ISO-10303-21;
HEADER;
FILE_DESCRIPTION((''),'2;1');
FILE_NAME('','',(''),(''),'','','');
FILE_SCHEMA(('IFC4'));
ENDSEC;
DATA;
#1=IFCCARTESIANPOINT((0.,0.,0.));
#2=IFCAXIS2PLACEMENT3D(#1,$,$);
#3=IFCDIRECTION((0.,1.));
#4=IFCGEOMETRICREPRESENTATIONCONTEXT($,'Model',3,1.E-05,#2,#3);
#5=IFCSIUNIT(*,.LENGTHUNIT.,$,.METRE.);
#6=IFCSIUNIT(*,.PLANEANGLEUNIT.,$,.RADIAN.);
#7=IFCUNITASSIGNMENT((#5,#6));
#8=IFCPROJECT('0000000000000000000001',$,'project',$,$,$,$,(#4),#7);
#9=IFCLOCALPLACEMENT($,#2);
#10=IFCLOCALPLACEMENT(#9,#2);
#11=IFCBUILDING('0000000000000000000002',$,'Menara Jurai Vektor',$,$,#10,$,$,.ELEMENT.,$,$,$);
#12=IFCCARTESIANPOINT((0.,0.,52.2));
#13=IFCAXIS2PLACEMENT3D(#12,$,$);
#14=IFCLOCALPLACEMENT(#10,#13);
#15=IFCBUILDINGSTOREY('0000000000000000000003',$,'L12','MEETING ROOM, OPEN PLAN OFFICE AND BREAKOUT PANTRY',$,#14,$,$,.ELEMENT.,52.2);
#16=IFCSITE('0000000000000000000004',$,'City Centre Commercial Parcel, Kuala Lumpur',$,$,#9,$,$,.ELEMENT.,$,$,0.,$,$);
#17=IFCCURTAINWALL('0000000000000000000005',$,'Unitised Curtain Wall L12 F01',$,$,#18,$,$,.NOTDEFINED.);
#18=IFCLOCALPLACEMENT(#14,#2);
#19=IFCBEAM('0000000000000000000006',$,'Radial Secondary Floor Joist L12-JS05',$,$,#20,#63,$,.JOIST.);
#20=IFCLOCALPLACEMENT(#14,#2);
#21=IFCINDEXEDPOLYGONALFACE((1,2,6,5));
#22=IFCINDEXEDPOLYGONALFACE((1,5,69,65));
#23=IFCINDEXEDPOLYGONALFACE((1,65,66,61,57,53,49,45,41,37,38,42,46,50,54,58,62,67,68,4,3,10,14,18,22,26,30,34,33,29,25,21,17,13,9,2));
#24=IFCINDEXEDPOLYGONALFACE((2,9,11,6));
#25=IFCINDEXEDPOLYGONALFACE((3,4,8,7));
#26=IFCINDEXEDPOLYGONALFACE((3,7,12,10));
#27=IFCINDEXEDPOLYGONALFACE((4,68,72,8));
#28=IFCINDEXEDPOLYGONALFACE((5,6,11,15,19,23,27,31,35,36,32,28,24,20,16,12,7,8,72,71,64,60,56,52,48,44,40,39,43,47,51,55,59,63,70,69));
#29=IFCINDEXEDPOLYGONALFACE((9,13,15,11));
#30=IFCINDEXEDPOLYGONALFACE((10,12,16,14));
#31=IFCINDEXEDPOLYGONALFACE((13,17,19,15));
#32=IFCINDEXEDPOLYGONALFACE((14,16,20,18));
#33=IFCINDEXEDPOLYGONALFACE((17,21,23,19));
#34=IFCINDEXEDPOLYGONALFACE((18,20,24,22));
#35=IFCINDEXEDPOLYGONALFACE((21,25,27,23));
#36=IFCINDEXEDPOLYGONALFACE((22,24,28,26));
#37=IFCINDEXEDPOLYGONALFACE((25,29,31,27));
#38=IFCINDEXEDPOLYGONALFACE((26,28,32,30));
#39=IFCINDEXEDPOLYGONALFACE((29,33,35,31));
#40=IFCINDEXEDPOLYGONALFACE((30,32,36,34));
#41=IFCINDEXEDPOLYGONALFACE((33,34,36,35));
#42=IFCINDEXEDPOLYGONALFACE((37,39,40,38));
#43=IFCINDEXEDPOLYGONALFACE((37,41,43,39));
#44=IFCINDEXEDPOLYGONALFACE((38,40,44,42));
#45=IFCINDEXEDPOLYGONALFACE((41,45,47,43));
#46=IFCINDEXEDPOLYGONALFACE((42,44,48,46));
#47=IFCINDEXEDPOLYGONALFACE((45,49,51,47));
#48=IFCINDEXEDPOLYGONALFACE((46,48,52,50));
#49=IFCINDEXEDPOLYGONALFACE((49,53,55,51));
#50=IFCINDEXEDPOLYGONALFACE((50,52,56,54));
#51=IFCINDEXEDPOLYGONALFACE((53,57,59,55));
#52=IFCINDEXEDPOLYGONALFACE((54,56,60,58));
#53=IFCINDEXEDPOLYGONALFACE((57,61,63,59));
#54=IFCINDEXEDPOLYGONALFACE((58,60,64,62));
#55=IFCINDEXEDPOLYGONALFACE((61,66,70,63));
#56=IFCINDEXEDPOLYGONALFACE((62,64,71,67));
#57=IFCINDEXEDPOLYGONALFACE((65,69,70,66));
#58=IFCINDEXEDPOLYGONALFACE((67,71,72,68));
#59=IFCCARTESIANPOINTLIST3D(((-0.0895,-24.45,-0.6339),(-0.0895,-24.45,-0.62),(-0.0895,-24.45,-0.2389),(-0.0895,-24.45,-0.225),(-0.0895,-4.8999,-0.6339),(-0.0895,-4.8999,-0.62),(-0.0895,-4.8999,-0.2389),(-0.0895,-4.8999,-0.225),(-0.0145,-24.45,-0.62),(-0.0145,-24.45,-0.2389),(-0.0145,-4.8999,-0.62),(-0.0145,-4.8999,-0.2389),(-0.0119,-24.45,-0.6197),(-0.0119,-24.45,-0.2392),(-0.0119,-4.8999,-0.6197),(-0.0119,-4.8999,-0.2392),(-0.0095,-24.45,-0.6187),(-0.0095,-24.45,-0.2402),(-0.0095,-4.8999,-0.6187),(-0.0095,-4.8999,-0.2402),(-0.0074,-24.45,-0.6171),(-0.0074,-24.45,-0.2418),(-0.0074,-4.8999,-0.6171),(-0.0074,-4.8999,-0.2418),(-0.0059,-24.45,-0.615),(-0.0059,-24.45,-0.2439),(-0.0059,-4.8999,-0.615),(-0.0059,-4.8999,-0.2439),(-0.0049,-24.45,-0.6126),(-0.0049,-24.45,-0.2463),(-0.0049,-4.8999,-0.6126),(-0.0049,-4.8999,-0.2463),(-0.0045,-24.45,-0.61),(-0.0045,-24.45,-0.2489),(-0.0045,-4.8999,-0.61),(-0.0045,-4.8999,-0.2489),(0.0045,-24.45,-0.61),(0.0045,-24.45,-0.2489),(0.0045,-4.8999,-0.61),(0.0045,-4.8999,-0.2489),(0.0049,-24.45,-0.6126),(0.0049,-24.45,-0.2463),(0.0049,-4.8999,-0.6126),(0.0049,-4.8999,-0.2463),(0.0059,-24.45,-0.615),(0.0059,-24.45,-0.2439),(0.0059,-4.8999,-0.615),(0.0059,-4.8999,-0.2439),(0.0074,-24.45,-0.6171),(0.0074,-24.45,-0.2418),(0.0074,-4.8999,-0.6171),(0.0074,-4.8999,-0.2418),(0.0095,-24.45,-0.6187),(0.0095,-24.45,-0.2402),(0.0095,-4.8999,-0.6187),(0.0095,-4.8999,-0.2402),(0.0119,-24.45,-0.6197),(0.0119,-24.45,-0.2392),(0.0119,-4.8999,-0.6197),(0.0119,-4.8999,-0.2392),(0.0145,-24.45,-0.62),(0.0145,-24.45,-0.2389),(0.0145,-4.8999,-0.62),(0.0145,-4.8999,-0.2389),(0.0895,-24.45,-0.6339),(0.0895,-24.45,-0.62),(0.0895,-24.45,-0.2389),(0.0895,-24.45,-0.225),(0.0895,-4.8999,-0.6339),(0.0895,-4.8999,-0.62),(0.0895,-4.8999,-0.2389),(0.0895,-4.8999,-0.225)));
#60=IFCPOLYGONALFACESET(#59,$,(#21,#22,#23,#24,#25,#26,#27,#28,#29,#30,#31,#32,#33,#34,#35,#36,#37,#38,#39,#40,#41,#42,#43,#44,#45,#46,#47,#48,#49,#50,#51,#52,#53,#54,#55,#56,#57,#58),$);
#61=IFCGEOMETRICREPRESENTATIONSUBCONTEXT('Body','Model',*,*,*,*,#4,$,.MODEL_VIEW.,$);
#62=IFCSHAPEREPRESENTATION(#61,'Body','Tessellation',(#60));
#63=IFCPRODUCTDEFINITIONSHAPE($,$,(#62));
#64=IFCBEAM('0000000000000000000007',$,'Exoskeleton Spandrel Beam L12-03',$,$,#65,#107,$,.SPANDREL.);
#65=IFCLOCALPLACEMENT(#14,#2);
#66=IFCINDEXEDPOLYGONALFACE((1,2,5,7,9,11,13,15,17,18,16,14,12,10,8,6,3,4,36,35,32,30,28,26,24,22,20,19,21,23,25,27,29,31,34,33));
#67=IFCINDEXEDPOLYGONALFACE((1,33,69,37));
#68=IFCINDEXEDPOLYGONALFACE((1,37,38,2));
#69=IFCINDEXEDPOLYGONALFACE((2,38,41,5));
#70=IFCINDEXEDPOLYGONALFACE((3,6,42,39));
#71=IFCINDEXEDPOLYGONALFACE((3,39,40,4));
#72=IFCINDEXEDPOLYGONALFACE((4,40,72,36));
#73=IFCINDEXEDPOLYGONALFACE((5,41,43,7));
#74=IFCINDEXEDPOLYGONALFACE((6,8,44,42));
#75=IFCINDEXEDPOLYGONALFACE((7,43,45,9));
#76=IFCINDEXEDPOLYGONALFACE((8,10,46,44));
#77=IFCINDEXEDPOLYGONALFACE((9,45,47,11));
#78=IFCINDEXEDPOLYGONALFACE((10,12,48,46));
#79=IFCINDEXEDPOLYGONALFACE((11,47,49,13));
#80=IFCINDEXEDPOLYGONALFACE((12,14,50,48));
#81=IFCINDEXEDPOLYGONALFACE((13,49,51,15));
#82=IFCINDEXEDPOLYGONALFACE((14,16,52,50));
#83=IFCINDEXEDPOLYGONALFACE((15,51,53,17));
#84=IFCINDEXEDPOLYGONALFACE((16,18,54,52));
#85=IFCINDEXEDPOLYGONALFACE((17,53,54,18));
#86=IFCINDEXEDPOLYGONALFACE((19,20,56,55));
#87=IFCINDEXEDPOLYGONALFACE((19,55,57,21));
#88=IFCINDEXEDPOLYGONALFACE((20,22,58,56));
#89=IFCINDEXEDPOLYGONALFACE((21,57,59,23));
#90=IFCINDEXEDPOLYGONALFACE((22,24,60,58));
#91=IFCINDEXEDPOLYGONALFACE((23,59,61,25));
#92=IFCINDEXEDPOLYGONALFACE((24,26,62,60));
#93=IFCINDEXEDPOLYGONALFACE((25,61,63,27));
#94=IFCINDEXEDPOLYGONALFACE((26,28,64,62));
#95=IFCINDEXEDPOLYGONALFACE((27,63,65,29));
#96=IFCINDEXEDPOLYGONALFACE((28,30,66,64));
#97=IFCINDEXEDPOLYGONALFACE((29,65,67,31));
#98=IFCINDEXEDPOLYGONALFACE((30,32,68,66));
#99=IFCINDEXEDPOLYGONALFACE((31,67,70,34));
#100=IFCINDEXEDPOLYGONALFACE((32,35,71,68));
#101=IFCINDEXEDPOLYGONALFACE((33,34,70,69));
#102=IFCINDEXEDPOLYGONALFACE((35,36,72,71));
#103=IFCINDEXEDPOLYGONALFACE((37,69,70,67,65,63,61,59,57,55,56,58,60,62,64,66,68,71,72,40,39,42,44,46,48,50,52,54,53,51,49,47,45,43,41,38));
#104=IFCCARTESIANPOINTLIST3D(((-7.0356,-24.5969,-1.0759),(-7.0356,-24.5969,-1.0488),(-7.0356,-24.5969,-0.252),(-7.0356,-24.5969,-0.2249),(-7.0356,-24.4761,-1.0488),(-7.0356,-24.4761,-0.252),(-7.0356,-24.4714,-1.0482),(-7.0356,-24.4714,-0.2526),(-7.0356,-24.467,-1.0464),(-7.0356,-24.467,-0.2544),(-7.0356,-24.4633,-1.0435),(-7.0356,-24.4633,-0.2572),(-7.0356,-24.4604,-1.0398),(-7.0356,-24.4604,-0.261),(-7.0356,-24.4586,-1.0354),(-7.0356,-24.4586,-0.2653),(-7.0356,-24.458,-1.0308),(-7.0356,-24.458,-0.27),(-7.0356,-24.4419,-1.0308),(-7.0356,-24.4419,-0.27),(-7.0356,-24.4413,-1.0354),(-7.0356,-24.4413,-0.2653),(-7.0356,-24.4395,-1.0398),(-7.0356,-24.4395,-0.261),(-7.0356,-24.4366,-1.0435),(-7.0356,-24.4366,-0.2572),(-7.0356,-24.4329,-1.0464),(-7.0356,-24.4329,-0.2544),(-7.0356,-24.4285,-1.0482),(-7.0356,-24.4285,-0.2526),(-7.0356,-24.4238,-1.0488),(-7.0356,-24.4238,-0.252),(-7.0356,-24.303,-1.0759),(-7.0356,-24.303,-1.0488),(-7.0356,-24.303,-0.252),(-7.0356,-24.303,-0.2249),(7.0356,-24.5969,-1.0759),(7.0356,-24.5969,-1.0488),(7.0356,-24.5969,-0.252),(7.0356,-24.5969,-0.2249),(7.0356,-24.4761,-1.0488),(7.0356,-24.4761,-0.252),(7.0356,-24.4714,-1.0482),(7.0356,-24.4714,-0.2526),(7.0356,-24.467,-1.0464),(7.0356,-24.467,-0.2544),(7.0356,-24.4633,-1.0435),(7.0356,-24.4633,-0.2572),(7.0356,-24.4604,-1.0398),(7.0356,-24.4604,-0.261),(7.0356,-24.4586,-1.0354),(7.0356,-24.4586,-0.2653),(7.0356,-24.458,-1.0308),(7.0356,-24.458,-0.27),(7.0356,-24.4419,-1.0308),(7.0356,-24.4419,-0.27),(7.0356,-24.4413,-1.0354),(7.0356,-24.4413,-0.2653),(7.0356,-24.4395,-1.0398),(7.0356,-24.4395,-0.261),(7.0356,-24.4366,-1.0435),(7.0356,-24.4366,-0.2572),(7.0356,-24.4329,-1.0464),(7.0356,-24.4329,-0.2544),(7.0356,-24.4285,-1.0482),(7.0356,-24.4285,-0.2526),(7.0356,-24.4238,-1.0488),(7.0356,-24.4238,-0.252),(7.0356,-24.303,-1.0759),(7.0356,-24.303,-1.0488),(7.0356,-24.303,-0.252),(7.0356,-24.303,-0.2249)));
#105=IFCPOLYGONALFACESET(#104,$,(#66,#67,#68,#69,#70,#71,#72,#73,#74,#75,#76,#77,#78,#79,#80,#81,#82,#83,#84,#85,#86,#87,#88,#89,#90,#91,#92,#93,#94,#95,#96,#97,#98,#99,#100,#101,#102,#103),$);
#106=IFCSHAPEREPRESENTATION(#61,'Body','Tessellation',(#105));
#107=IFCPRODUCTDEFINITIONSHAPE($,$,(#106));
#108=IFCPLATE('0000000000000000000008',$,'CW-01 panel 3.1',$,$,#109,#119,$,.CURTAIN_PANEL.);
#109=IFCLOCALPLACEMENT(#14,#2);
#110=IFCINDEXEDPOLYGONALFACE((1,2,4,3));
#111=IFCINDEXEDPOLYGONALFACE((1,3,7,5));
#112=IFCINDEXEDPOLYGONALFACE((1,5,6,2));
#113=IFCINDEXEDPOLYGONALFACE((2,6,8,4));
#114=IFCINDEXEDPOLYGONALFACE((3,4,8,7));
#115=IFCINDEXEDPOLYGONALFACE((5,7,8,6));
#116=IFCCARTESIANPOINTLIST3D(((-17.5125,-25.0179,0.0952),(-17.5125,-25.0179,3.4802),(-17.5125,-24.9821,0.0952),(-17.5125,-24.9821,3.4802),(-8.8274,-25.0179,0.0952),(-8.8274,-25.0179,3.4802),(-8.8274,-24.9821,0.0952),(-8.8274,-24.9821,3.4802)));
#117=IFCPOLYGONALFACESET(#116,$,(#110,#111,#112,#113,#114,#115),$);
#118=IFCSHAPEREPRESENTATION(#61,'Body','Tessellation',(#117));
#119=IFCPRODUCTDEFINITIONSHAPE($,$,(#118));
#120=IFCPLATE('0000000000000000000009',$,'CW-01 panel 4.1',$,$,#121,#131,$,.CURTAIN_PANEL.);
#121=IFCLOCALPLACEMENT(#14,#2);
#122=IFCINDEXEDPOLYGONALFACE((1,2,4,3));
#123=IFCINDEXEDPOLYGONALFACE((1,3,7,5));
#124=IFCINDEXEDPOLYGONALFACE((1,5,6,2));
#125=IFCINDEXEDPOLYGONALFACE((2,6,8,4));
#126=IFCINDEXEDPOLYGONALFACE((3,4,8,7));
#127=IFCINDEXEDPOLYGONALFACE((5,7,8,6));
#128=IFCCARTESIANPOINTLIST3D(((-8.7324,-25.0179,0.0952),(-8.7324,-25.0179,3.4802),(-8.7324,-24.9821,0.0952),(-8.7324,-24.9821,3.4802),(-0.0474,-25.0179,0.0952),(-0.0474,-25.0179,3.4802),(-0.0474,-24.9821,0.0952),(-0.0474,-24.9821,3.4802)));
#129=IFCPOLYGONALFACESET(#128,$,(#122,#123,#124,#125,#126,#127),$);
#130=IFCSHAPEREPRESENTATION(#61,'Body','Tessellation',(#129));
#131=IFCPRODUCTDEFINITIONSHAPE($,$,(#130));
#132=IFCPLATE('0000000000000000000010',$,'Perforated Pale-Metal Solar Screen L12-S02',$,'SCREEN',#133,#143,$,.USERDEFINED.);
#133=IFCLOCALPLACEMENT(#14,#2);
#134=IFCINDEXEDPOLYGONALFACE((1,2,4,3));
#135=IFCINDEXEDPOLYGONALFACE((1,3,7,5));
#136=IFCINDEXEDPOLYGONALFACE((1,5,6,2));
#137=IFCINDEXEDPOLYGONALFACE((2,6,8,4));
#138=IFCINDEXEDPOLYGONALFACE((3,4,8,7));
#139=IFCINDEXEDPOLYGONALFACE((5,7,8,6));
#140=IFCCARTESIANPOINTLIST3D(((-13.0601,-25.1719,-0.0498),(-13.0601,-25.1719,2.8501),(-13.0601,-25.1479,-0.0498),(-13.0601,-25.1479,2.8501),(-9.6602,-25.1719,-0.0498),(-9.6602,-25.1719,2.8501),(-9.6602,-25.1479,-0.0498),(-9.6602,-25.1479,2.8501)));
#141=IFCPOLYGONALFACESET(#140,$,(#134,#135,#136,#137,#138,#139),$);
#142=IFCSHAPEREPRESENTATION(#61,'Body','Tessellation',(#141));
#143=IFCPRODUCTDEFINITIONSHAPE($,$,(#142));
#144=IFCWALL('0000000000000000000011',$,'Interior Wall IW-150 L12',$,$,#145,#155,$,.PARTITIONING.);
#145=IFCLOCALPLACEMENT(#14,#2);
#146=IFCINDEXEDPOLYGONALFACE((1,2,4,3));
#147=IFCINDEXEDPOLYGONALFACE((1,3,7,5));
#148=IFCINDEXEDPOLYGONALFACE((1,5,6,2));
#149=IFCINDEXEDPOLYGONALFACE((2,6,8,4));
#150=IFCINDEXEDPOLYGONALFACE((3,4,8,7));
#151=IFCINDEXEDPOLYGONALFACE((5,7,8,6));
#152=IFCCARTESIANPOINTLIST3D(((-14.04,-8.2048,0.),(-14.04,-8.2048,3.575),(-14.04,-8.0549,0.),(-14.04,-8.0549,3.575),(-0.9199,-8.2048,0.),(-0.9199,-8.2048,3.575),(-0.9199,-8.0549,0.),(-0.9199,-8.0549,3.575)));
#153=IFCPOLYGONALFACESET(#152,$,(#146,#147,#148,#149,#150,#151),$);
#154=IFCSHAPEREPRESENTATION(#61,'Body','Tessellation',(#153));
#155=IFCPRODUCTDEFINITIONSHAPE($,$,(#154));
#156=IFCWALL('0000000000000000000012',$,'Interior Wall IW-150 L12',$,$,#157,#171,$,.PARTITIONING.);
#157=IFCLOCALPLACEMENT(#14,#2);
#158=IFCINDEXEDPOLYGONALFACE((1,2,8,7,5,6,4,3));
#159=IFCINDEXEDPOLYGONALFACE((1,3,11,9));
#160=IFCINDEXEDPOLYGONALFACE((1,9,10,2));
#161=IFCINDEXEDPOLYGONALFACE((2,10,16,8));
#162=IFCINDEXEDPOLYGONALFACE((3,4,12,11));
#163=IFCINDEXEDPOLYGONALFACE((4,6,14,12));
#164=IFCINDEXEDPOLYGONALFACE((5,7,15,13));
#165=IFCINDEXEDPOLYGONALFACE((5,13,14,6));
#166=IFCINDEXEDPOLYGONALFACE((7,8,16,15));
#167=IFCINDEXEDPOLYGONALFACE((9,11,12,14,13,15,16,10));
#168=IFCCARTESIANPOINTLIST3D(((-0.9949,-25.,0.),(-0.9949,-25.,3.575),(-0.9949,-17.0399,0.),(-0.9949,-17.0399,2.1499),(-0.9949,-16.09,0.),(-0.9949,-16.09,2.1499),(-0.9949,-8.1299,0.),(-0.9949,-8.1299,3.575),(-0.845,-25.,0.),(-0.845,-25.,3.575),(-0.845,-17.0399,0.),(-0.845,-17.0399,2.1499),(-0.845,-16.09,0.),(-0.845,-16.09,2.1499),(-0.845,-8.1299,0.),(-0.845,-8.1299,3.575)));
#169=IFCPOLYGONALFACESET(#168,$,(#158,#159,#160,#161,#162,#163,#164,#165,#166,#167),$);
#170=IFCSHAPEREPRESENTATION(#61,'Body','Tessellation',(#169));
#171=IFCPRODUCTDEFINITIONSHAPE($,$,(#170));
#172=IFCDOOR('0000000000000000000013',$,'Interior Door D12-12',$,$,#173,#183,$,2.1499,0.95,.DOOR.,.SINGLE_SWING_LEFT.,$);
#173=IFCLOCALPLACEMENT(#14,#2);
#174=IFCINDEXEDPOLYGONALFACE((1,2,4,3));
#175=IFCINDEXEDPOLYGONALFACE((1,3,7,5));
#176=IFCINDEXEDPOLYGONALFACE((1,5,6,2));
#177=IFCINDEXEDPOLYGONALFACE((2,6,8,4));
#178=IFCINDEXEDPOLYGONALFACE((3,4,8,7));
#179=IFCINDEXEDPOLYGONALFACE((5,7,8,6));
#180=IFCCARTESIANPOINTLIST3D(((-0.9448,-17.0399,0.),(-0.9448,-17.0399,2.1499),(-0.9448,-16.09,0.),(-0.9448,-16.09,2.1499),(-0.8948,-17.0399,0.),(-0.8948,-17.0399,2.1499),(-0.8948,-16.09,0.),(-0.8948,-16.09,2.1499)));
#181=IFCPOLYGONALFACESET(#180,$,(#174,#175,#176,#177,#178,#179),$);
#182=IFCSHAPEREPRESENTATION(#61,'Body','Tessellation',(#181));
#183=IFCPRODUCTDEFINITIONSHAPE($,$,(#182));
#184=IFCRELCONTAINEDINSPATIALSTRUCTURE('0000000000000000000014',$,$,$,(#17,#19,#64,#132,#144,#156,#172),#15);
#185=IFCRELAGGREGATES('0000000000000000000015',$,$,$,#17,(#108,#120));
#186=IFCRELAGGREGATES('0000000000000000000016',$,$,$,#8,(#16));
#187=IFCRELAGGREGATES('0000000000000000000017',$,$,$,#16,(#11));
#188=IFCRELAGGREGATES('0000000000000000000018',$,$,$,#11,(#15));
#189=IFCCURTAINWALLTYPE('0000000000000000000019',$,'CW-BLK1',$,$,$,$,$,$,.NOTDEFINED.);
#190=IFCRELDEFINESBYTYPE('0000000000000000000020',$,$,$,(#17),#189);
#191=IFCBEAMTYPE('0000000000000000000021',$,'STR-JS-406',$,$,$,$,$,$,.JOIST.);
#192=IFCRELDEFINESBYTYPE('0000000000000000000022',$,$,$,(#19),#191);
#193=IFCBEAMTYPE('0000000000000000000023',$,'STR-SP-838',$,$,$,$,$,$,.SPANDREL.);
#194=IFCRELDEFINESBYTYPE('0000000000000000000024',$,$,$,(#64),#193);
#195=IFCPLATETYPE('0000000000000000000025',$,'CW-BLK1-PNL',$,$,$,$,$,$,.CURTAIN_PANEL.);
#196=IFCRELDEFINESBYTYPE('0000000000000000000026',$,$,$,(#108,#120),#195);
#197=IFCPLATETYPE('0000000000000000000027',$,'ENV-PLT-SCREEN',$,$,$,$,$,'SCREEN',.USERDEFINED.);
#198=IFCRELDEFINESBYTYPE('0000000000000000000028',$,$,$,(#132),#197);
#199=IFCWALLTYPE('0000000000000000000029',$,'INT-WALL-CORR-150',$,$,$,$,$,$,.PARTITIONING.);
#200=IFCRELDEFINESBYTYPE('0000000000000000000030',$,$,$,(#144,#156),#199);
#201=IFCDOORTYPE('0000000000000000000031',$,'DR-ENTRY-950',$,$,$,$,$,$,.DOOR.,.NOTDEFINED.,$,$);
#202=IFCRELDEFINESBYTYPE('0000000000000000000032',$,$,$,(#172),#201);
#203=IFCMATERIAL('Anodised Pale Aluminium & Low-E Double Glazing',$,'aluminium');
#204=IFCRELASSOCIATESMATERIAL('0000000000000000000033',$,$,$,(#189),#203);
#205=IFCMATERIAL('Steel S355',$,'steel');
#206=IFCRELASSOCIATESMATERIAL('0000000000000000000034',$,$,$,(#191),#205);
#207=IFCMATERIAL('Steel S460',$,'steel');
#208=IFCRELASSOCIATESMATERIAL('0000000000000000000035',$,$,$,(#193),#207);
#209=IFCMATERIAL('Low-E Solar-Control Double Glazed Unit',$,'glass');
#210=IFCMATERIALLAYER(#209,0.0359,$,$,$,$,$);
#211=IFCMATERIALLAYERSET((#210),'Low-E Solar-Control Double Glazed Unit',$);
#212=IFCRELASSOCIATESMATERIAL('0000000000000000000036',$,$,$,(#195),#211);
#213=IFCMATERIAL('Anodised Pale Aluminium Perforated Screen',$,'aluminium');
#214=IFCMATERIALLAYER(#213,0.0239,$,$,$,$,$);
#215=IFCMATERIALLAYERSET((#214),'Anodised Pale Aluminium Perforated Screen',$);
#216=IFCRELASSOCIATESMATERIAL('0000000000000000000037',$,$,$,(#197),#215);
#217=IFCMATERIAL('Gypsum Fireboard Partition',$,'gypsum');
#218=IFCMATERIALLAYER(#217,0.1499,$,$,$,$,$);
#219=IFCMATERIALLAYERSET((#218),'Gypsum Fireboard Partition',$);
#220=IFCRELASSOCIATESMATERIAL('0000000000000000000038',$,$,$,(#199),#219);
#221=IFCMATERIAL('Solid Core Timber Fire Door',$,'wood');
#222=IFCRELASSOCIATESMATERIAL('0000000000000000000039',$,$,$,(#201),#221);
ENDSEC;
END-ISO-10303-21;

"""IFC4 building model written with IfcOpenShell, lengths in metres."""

from ifc_helpers import new_model, si_unit, direction, frame, frame_2d, origin, origin_2d, place, context, subcontext, project, spatial, rectangle, i_section, extrude, material, layer, layer_set, material_profile, profile_set, type_object, element, fill, aggregate, save


model = new_model("IFC4")

# Units and contexts
model_context = context("Model", 3, precision=1e-05, world=origin(), true_north=direction((0.0, 1.0)))
body_context = subcontext(model_context, "Body", "Model", "MODEL_VIEW")
ifc_project = project(units=[si_unit("LENGTHUNIT", "METRE"), si_unit("PLANEANGLEUNIT", "RADIAN")], contexts=[model_context])

# Site, building, storey
site_placement = place(None, origin())
site = spatial("IfcSite", under=ifc_project, at=site_placement, Name="City Centre Commercial Parcel, Kuala Lumpur", CompositionType="ELEMENT", RefElevation=0.0)
building_placement = place(site_placement, origin())
building = spatial("IfcBuilding", under=site, at=building_placement, Name="Menara Jurai Vektor", CompositionType="ELEMENT")
storey_placement = place(building_placement, frame((0.0, 0.0, 52.2)))
storey = spatial("IfcBuildingStorey", under=building, at=storey_placement, Name="L12", Description="MEETING ROOM, OPEN PLAN OFFICE AND BREAKOUT PANTRY", CompositionType="ELEMENT", Elevation=52.2)

# Shared definitions
ifc_material_1 = material(Name="Steel S460", Category="steel")

# Curtain wall
ifc_material_2 = material(Name="Anodised Pale Aluminium & Low-E Double Glazing", Category="aluminium")
curtain_wall_type = type_object("IfcCurtainWallType", Name="CW-BLK1", PredefinedType="NOTDEFINED", material=ifc_material_2)
curtain_wall_placement = place(storey_placement, origin())
curtain_wall = element("IfcCurtainWall", 1, at=curtain_wall_placement, inside=storey, type_object=curtain_wall_type, Name="Unitised Curtain Wall L12 F01", PredefinedType="NOTDEFINED")

# Beams
ifc_material_3 = material(Name="Steel S355", Category="steel")
ifc_material_profile_1 = material_profile(ifc_material_3, i_section(OverallWidth=0.179, OverallDepth=0.4089, WebThickness=0.009, FlangeThickness=0.0139, FilletRadius=0.01, at=origin_2d()), Name="UKB 406x178x67")
ifc_profile_set_1 = profile_set([ifc_material_profile_1], Name="Steel S355")
beam_type_1 = type_object("IfcBeamType", Name="STR-JS-406", PredefinedType="JOIST", material=ifc_profile_set_1)
beam_1_placement = place(storey_placement, frame((0.0, -24.45, -0.4294), z_axis=(0.0, 1.0, 0.0), x_axis=(-1.0, 0.0, 0.0)))
element("IfcBeam", 2, at=beam_1_placement, inside=storey, type_object=beam_type_1, Name="Radial Secondary Floor Joist L12-JS05", PredefinedType="JOIST", context=body_context, shape_type="SweptSolid", body=[
    extrude(i_section(OverallWidth=0.179, OverallDepth=0.4089, WebThickness=0.009, FlangeThickness=0.0139, FilletRadius=0.01, at=origin_2d()), origin(), (0.0, 0.0, 1.0), 19.55),
])
ifc_material_profile_2 = material_profile(ifc_material_1, i_section(OverallWidth=0.2939, OverallDepth=0.8511, WebThickness=0.0161, FlangeThickness=0.0271, FilletRadius=0.0181, at=origin_2d()), Name="UKB 838x292x226")
ifc_profile_set_2 = profile_set([ifc_material_profile_2], Name="Steel S460")
beam_type_2 = type_object("IfcBeamType", Name="STR-SP-838", PredefinedType="SPANDREL", material=ifc_profile_set_2)
beam_2_placement = place(storey_placement, frame((-7.0356, -24.45, -0.6504), z_axis=(1.0, 0.0, 0.0), x_axis=(0.0, 1.0, 0.0)))
element("IfcBeam", 3, at=beam_2_placement, inside=storey, type_object=beam_type_2, Name="Exoskeleton Spandrel Beam L12-03", PredefinedType="SPANDREL", context=body_context, shape_type="SweptSolid", body=[
    extrude(i_section(OverallWidth=0.2939, OverallDepth=0.8511, WebThickness=0.0161, FlangeThickness=0.0271, FilletRadius=0.0181, at=origin_2d()), origin(), (0.0, 0.0, 1.0), 14.0713),
])

# Plates
ifc_material_4 = material(Name="Low-E Solar-Control Double Glazed Unit", Category="glass")
ifc_layer_1 = layer(ifc_material_4, 0.0359)
ifc_layer_set_1 = layer_set([ifc_layer_1], Name="Low-E Solar-Control Double Glazed Unit")
plate_type_1 = type_object("IfcPlateType", Name="CW-BLK1-PNL", PredefinedType="CURTAIN_PANEL", material=ifc_layer_set_1)
plate_1_placement = place(storey_placement, frame((-13.1699, -25.0, 0.0952), z_axis=(0.0, 0.0, 1.0), x_axis=(1.0, 0.0, 0.0)))
plate_1 = element("IfcPlate", 4, at=plate_1_placement, type_object=plate_type_1, Name="CW-01 panel 3.1", PredefinedType="CURTAIN_PANEL", context=body_context, shape_type="SweptSolid", body=[
    extrude(rectangle(XDim=8.6851, YDim=0.0359, at=origin_2d()), origin(), (0.0, 0.0, 1.0), 3.385),
])
plate_2_placement = place(storey_placement, frame((-4.3899, -25.0, 0.0952), z_axis=(0.0, 0.0, 1.0), x_axis=(1.0, 0.0, 0.0)))
plate_2 = element("IfcPlate", 5, at=plate_2_placement, type_object=plate_type_1, Name="CW-01 panel 4.1", PredefinedType="CURTAIN_PANEL", context=body_context, shape_type="SweptSolid", body=[
    extrude(rectangle(XDim=8.6851, YDim=0.0359, at=origin_2d()), origin(), (0.0, 0.0, 1.0), 3.385),
])
aggregate(curtain_wall, [plate_1, plate_2])
ifc_material_5 = material(Name="Anodised Pale Aluminium Perforated Screen", Category="aluminium")
ifc_layer_2 = layer(ifc_material_5, 0.0239)
ifc_layer_set_2 = layer_set([ifc_layer_2], Name="Anodised Pale Aluminium Perforated Screen")
plate_type_2 = type_object("IfcPlateType", Name="ENV-PLT-SCREEN", ElementType="SCREEN", PredefinedType="USERDEFINED", material=ifc_layer_set_2)
plate_3_placement = place(storey_placement, frame((-11.3601, -25.1599, -0.0498), z_axis=(0.0, 0.0, 1.0), x_axis=(1.0, 0.0, 0.0)))
element("IfcPlate", 6, at=plate_3_placement, inside=storey, type_object=plate_type_2, Name="Perforated Pale-Metal Solar Screen L12-S02", ObjectType="SCREEN", PredefinedType="USERDEFINED", context=body_context, shape_type="SweptSolid", body=[
    extrude(rectangle(XDim=3.3999, YDim=0.0239, at=origin_2d()), origin(), (0.0, 0.0, 1.0), 2.8999),
])

# Shared definitions
ifc_material_6 = material(Name="Gypsum Fireboard Partition", Category="gypsum")
ifc_layer_3 = layer(ifc_material_6, 0.1499)
ifc_layer_set_3 = layer_set([ifc_layer_3], Name="Gypsum Fireboard Partition")
wall_type_1 = type_object("IfcWallType", Name="INT-WALL-CORR-150", PredefinedType="PARTITIONING", material=ifc_layer_set_3)
ifc_material_7 = material(Name="Solid Core Timber Fire Door", Category="wood")
door_type = type_object("IfcDoorType", Name="DR-ENTRY-950", OperationType="NOTDEFINED", PredefinedType="DOOR", material=ifc_material_7)

# Wall
wall_1_placement = place(storey_placement, frame((-14.04, -8.1299, 0.0), z_axis=(0.0, 0.0, 1.0), x_axis=(1.0, 0.0, 0.0)))
element("IfcWall", 7, at=wall_1_placement, inside=storey, type_object=wall_type_1, Name="Interior Wall IW-150 L12", PredefinedType="PARTITIONING", context=body_context, shape_type="SweptSolid", body=[
    extrude(rectangle(XDim=13.1201, YDim=0.1499, at=frame_2d((6.5601, 0.0))), origin(), (0.0, 0.0, 1.0), 3.575),
])

# Wall, opening, door
wall_2_placement = place(storey_placement, frame((-0.9199, -25.0, 0.0), z_axis=(0.0, 0.0, 1.0), x_axis=(0.0, 1.0, 0.0)))
wall_2 = element("IfcWall", 8, at=wall_2_placement, inside=storey, type_object=wall_type_1, Name="Interior Wall IW-150 L12", PredefinedType="PARTITIONING", context=body_context, shape_type="SweptSolid", body=[
    extrude(rectangle(XDim=16.8701, YDim=0.1499, at=frame_2d((8.4351, 0.0))), origin(), (0.0, 0.0, 1.0), 3.575),
])
opening_1_placement = place(wall_2_placement, frame((7.96, 0.0, 0.0)))
opening_1 = element("IfcOpeningElement", 9, at=opening_1_placement, cuts=wall_2, PredefinedType="OPENING", context=body_context, shape_type="SweptSolid", body=[
    extrude(rectangle(XDim=0.95, YDim=2.1499, at=frame_2d((0.4751, 1.075))), frame((0.0, 0.085, 0.0), z_axis=(0.0, -1.0, 0.0), x_axis=(1.0, 0.0, 0.0)), (0.0, 0.0, 1.0), 0.1699),
])
door_1_placement = place(opening_1_placement, origin())
door_1 = element("IfcDoor", 10, at=door_1_placement, inside=storey, type_object=door_type, Name="Interior Door D12-12", OperationType="SINGLE_SWING_LEFT", OverallHeight=2.1499, OverallWidth=0.95, PredefinedType="DOOR", context=body_context, shape_type="SweptSolid", body=[
    extrude(rectangle(XDim=0.95, YDim=2.1499, at=frame_2d((0.4751, 1.075))), frame((0.0, 0.0249, 0.0), z_axis=(0.0, -1.0, 0.0), x_axis=(1.0, 0.0, 0.0)), (0.0, 0.0, 1.0), 0.05),
])
fill(opening_1, door_1)

save(model, "model.ifc")
